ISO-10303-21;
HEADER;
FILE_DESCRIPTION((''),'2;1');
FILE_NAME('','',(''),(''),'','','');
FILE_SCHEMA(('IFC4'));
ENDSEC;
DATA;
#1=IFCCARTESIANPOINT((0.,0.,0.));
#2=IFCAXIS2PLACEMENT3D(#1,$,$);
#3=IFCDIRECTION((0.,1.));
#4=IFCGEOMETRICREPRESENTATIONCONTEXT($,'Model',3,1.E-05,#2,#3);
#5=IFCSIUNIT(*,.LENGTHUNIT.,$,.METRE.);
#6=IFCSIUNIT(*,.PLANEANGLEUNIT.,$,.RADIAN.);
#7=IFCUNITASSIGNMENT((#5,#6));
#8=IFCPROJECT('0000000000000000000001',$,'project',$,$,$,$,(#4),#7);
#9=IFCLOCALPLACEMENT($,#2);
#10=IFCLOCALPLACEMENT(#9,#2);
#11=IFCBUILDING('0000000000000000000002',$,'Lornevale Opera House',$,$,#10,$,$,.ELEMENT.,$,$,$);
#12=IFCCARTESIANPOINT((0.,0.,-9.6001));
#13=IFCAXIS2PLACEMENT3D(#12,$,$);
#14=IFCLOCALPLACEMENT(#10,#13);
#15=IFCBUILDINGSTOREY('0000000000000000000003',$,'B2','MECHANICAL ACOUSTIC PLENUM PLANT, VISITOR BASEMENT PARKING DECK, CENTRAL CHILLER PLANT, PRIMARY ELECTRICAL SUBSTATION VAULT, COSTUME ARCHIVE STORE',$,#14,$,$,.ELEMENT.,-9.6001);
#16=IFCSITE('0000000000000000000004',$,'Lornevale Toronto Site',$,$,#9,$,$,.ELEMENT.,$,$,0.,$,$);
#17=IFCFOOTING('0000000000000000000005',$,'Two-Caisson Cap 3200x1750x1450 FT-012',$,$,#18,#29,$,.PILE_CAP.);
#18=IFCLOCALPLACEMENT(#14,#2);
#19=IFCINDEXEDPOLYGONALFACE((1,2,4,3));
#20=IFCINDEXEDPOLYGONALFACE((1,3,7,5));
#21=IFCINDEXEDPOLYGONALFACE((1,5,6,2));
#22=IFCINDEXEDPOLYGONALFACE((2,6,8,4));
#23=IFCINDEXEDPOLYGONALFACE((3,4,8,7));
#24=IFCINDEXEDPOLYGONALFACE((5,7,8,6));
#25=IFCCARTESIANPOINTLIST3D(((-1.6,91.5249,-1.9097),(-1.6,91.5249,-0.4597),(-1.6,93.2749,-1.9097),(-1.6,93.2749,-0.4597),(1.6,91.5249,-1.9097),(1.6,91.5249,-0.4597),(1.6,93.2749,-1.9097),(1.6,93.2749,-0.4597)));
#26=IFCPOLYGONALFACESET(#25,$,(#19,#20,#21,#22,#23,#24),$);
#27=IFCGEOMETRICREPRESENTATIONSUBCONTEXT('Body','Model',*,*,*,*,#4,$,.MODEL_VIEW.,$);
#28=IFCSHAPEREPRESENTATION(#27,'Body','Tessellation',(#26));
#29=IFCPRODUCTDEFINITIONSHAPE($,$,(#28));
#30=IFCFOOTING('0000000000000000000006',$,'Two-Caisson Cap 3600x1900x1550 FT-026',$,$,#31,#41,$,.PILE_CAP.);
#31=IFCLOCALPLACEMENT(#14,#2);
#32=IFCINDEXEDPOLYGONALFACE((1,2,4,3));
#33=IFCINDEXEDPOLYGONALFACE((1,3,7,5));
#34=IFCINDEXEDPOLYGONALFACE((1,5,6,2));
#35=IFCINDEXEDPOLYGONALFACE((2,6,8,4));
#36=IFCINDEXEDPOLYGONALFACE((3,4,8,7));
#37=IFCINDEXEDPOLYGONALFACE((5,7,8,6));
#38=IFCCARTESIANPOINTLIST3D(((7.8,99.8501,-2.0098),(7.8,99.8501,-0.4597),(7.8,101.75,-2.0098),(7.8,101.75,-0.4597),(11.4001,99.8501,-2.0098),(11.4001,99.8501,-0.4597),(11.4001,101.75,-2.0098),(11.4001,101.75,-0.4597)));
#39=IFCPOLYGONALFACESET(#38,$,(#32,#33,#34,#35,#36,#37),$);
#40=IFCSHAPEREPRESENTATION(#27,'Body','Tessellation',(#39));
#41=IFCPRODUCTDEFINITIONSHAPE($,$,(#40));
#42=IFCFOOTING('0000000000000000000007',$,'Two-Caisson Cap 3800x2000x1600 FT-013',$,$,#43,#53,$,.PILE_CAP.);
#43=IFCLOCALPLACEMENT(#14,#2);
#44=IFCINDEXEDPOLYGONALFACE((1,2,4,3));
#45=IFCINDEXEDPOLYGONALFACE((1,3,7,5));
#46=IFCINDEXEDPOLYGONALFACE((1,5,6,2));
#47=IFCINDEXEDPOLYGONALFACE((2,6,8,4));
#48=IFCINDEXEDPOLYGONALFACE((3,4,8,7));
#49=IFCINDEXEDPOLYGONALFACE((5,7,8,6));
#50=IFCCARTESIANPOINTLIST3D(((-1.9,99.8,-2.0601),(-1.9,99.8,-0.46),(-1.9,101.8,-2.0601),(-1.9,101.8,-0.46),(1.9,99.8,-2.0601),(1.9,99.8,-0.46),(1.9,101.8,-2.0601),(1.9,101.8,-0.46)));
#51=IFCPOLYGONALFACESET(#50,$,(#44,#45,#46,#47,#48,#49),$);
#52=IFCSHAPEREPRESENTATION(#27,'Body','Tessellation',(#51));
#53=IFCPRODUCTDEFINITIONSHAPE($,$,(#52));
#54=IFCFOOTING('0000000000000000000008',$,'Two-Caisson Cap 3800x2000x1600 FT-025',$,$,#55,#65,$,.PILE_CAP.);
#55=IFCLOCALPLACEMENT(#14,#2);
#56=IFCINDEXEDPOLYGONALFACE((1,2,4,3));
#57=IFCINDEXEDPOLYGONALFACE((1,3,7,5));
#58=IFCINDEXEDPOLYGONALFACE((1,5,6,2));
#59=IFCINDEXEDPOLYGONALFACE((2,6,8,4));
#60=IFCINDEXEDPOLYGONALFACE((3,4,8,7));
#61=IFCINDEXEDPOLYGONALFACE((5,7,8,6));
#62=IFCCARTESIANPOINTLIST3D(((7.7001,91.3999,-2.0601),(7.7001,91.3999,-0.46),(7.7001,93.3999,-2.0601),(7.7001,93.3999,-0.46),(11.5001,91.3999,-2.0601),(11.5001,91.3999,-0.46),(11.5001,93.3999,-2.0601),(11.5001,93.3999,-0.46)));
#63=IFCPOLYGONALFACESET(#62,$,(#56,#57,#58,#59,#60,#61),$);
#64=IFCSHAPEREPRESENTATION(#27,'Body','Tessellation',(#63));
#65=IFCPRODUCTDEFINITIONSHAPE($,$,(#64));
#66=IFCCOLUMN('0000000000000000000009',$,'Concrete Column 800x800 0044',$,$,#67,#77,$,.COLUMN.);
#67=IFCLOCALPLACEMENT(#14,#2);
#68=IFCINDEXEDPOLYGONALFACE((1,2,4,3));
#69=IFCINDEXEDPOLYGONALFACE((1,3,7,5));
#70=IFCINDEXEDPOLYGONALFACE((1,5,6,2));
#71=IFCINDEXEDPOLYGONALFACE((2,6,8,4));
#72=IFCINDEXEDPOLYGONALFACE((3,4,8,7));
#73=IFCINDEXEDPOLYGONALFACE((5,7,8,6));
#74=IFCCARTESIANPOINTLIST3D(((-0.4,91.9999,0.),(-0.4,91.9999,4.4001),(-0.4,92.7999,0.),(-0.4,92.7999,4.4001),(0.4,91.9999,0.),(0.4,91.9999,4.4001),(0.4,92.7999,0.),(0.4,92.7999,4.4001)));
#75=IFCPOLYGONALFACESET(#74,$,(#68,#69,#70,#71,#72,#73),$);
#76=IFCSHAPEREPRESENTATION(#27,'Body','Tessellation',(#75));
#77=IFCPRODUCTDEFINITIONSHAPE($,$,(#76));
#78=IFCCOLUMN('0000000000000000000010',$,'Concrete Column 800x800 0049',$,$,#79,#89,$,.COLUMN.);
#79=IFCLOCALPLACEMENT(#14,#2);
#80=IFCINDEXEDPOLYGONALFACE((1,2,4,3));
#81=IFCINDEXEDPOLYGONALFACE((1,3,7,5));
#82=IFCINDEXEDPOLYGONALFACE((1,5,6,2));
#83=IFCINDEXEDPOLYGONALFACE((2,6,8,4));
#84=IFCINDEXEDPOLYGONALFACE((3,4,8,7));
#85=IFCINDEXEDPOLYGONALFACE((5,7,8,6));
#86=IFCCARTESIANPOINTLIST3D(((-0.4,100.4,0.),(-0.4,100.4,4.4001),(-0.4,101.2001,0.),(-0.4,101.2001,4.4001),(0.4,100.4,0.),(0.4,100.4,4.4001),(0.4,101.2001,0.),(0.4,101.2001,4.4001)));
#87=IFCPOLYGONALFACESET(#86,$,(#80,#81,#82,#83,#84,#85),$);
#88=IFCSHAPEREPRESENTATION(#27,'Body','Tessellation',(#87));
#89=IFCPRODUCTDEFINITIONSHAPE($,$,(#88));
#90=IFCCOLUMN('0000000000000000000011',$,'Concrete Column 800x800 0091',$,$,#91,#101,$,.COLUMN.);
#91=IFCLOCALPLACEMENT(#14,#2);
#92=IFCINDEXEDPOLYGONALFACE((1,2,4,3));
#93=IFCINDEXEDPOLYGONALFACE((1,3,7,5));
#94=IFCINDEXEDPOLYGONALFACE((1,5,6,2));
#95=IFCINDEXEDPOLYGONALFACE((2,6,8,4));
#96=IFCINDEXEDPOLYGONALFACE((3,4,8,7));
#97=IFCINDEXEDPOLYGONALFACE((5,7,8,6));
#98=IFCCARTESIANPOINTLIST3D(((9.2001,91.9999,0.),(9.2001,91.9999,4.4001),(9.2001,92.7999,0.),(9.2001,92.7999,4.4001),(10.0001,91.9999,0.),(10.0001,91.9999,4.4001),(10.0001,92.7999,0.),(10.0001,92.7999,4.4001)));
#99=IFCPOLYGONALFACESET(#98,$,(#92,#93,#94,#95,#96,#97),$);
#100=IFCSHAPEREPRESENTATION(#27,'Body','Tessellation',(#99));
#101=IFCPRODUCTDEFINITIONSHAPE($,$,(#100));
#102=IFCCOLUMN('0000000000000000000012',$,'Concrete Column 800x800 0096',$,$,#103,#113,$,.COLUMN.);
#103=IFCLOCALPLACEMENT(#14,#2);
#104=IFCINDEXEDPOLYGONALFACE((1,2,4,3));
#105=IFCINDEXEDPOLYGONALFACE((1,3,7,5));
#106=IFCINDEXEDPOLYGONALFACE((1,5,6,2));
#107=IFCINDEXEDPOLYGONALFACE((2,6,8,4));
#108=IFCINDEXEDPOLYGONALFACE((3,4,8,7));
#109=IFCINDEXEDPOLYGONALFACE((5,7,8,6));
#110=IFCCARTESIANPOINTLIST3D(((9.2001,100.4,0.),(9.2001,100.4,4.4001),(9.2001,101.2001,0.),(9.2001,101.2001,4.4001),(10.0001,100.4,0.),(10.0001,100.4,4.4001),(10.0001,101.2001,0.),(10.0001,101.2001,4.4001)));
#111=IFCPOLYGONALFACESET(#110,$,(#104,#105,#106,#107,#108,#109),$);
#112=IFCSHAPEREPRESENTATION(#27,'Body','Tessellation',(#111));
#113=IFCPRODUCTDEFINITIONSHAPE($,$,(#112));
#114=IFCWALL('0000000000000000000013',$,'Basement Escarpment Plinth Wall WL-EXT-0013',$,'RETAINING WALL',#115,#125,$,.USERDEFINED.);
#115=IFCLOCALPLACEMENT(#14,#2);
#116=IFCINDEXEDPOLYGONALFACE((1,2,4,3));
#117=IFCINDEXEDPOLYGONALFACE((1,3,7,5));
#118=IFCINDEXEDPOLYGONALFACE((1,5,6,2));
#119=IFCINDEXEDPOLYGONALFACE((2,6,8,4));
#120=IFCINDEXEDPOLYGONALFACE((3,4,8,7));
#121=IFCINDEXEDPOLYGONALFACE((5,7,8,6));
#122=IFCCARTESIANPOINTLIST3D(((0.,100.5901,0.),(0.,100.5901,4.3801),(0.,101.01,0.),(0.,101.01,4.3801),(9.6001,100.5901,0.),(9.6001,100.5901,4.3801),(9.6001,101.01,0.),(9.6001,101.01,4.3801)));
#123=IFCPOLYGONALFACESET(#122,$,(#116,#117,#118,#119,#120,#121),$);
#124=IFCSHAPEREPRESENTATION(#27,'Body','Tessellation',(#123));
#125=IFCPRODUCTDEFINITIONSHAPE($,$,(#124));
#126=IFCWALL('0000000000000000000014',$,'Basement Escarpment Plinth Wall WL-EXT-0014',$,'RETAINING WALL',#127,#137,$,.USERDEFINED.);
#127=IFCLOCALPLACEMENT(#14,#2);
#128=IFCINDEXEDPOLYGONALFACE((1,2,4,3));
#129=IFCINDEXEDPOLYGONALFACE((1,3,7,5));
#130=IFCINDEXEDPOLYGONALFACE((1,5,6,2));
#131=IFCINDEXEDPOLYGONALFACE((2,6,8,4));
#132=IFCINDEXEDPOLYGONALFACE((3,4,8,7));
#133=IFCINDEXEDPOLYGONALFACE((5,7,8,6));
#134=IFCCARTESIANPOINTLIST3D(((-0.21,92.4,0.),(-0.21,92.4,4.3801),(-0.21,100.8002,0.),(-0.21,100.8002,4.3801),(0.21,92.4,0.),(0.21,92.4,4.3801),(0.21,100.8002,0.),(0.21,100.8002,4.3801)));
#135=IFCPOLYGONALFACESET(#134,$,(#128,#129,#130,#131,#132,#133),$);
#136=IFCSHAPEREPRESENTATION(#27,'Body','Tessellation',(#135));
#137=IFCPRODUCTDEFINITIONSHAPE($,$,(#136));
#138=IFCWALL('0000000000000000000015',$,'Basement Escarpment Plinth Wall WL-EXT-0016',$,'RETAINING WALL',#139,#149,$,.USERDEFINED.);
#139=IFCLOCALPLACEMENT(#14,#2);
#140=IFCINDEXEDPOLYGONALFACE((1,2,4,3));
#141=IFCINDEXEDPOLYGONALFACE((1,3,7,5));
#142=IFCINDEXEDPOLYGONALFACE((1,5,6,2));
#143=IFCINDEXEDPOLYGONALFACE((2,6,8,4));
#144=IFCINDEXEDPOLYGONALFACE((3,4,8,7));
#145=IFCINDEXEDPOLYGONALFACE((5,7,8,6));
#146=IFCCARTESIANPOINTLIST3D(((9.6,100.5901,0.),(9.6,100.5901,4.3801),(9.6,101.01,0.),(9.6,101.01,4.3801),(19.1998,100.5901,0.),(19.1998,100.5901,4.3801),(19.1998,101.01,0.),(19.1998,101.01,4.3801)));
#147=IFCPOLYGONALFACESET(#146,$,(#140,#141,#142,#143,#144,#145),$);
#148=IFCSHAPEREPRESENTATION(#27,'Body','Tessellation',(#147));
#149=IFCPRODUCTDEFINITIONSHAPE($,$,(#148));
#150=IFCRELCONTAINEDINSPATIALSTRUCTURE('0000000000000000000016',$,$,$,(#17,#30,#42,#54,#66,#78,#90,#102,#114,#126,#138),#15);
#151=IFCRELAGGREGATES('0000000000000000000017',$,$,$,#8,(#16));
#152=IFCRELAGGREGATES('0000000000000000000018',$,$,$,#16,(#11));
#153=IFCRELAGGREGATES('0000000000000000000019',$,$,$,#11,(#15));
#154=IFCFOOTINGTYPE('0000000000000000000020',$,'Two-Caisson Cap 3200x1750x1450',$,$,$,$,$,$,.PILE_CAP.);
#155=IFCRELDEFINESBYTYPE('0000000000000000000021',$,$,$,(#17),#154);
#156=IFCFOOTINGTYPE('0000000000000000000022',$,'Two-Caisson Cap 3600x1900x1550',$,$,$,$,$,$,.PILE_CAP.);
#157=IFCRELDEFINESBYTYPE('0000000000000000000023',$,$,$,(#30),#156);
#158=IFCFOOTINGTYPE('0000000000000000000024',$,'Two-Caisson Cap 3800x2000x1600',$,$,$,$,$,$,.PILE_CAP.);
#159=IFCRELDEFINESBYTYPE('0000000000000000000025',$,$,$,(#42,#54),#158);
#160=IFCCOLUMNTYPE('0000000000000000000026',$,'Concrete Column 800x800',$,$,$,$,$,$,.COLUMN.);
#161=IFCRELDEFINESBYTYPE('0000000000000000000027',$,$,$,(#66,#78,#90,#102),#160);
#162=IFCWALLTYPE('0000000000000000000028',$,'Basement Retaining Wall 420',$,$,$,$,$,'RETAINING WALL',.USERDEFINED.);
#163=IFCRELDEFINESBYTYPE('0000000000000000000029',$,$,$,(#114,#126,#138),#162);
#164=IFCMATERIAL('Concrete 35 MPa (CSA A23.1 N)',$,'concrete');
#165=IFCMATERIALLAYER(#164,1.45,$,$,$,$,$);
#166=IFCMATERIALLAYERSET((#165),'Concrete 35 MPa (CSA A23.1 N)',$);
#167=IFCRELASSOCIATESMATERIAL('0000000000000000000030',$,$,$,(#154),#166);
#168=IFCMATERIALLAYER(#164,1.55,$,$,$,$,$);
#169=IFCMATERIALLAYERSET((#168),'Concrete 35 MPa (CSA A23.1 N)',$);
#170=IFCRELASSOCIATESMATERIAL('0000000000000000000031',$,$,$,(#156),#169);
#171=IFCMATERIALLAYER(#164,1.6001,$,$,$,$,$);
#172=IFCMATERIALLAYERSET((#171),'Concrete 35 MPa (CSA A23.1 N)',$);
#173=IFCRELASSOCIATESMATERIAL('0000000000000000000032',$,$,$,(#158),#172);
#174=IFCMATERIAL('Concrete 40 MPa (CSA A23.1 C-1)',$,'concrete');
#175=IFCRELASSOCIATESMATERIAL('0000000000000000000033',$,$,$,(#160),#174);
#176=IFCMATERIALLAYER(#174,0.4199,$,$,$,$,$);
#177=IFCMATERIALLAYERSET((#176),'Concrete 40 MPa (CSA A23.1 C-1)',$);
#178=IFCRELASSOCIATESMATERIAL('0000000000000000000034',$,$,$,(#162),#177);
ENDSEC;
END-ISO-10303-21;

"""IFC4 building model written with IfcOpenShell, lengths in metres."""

from ifc_helpers import new_model, si_unit, direction, frame, frame_2d, origin, origin_2d, place, context, subcontext, project, spatial, rectangle, extrude, material, layer, layer_set, material_profile, profile_set, type_object, element, save


model = new_model("IFC4")

# Units and contexts
model_context = context("Model", 3, precision=1e-05, world=origin(), true_north=direction((0.0, 1.0)))
body_context = subcontext(model_context, "Body", "Model", "MODEL_VIEW")
ifc_project = project(units=[si_unit("LENGTHUNIT", "METRE"), si_unit("PLANEANGLEUNIT", "RADIAN")], contexts=[model_context])

# Site, building, storey
site_placement = place(None, origin())
site = spatial("IfcSite", under=ifc_project, at=site_placement, Name="Lornevale Toronto Site", CompositionType="ELEMENT", RefElevation=0.0)
building_placement = place(site_placement, origin())
building = spatial("IfcBuilding", under=site, at=building_placement, Name="Lornevale Opera House", CompositionType="ELEMENT")
storey_placement = place(building_placement, frame((0.0, 0.0, -9.6001)))
storey = spatial("IfcBuildingStorey", under=building, at=storey_placement, Name="B2", Description="MECHANICAL ACOUSTIC PLENUM PLANT, VISITOR BASEMENT PARKING DECK, CENTRAL CHILLER PLANT, PRIMARY ELECTRICAL SUBSTATION VAULT, COSTUME ARCHIVE STORE", CompositionType="ELEMENT", Elevation=-9.6001)

# Shared definitions
ifc_material_1 = material(Name="Concrete 35 MPa (CSA A23.1 N)", Category="concrete")

# Shared definitions
ifc_material_2 = material(Name="Concrete 40 MPa (CSA A23.1 C-1)", Category="concrete")

# Footings
ifc_layer_1 = layer(ifc_material_1, 1.45)
ifc_layer_set_1 = layer_set([ifc_layer_1], Name="Concrete 35 MPa (CSA A23.1 N)")
footing_type_1 = type_object("IfcFootingType", Name="Two-Caisson Cap 3200x1750x1450", PredefinedType="PILE_CAP", material=ifc_layer_set_1)
footing_1_placement = place(storey_placement, frame((0.0, 92.3999, -1.9097), z_axis=(0.0, 0.0, 1.0), x_axis=(1.0, 0.0, 0.0)))
element("IfcFooting", 1, at=footing_1_placement, inside=storey, type_object=footing_type_1, Name="Two-Caisson Cap 3200x1750x1450 FT-012", PredefinedType="PILE_CAP", context=body_context, shape_type="SweptSolid", body=[
    extrude(rectangle(XDim=3.2, YDim=1.75, at=origin_2d()), origin(), (0.0, 0.0, 1.0), 1.45),
])
ifc_layer_2 = layer(ifc_material_1, 1.55)
ifc_layer_set_2 = layer_set([ifc_layer_2], Name="Concrete 35 MPa (CSA A23.1 N)")
footing_type_2 = type_object("IfcFootingType", Name="Two-Caisson Cap 3600x1900x1550", PredefinedType="PILE_CAP", material=ifc_layer_set_2)
footing_2_placement = place(storey_placement, frame((9.6001, 100.8, -2.0098), z_axis=(0.0, 0.0, 1.0), x_axis=(1.0, 0.0, 0.0)))
element("IfcFooting", 2, at=footing_2_placement, inside=storey, type_object=footing_type_2, Name="Two-Caisson Cap 3600x1900x1550 FT-026", PredefinedType="PILE_CAP", context=body_context, shape_type="SweptSolid", body=[
    extrude(rectangle(XDim=3.6001, YDim=1.8999, at=origin_2d()), origin(), (0.0, 0.0, 1.0), 1.55),
])
ifc_layer_3 = layer(ifc_material_1, 1.6001)
ifc_layer_set_3 = layer_set([ifc_layer_3], Name="Concrete 35 MPa (CSA A23.1 N)")
footing_type_3 = type_object("IfcFootingType", Name="Two-Caisson Cap 3800x2000x1600", PredefinedType="PILE_CAP", material=ifc_layer_set_3)
for number, where, z_axis, x_axis, name in (
    (3, (0.0, 100.8, -2.0601), (0.0, 0.0, 1.0), (1.0, 0.0, 0.0), "Two-Caisson Cap 3800x2000x1600 FT-013"),
    (4, (9.6001, 92.3999, -2.0601), (0.0, 0.0, 1.0), (1.0, 0.0, 0.0), "Two-Caisson Cap 3800x2000x1600 FT-025"),
):
    element("IfcFooting", number, at=place(storey_placement, frame(where, z_axis=z_axis, x_axis=x_axis)), inside=storey, type_object=footing_type_3, Name=name, PredefinedType="PILE_CAP", context=body_context, shape_type="SweptSolid", body=[
        extrude(rectangle(XDim=3.8, YDim=2.0, at=origin_2d()), origin(), (0.0, 0.0, 1.0), 1.6001),
    ])

# Columns
ifc_material_profile_1 = material_profile(ifc_material_2, rectangle(XDim=0.8, YDim=0.8, at=origin_2d()), Name="RC800x800")
ifc_profile_set_1 = profile_set([ifc_material_profile_1], Name="Concrete 40 MPa (CSA A23.1 C-1)")
column_type = type_object("IfcColumnType", Name="Concrete Column 800x800", PredefinedType="COLUMN", material=ifc_profile_set_1)
for number, where, z_axis, x_axis, name in (
    (5, (0.0, 92.3999, 0.0), (0.0, 0.0, 1.0), (1.0, 0.0, 0.0), "Concrete Column 800x800 0044"),
    (6, (0.0, 100.8, 0.0), (0.0, 0.0, 1.0), (1.0, 0.0, 0.0), "Concrete Column 800x800 0049"),
    (7, (9.6001, 92.3999, 0.0), (0.0, 0.0, 1.0), (1.0, 0.0, 0.0), "Concrete Column 800x800 0091"),
    (8, (9.6001, 100.8, 0.0), (0.0, 0.0, 1.0), (1.0, 0.0, 0.0), "Concrete Column 800x800 0096"),
):
    element("IfcColumn", number, at=place(storey_placement, frame(where, z_axis=z_axis, x_axis=x_axis)), inside=storey, type_object=column_type, Name=name, PredefinedType="COLUMN", context=body_context, shape_type="SweptSolid", body=[
        extrude(rectangle(XDim=0.8, YDim=0.8, at=origin_2d()), origin(), (0.0, 0.0, 1.0), 4.4001),
    ])

# Walls
ifc_layer_4 = layer(ifc_material_2, 0.4199)
ifc_layer_set_4 = layer_set([ifc_layer_4], Name="Concrete 40 MPa (CSA A23.1 C-1)")
wall_type = type_object("IfcWallType", Name="Basement Retaining Wall 420", ElementType="RETAINING WALL", PredefinedType="USERDEFINED", material=ifc_layer_set_4)
wall_1_placement = place(storey_placement, frame((0.0, 100.8, 0.0), z_axis=(0.0, 0.0, 1.0), x_axis=(1.0, 0.0, 0.0)))
element("IfcWall", 9, at=wall_1_placement, inside=storey, type_object=wall_type, Name="Basement Escarpment Plinth Wall WL-EXT-0013", ObjectType="RETAINING WALL", PredefinedType="USERDEFINED", context=body_context, shape_type="SweptSolid", body=[
    extrude(rectangle(XDim=9.6001, YDim=0.4199, at=frame_2d((4.8, 0.0))), origin(), (0.0, 0.0, 1.0), 4.3801),
])
wall_2_placement = place(storey_placement, frame((0.0, 92.3999, 0.0), z_axis=(0.0, 0.0, 1.0), x_axis=(0.0, 1.0, 0.0)))
element("IfcWall", 10, at=wall_2_placement, inside=storey, type_object=wall_type, Name="Basement Escarpment Plinth Wall WL-EXT-0014", ObjectType="RETAINING WALL", PredefinedType="USERDEFINED", context=body_context, shape_type="SweptSolid", body=[
    extrude(rectangle(XDim=8.4001, YDim=0.4199, at=frame_2d((4.2002, 0.0))), origin(), (0.0, 0.0, 1.0), 4.3801),
])
wall_3_placement = place(storey_placement, frame((9.6001, 100.8, 0.0), z_axis=(0.0, 0.0, 1.0), x_axis=(1.0, 0.0, 0.0)))
element("IfcWall", 11, at=wall_3_placement, inside=storey, type_object=wall_type, Name="Basement Escarpment Plinth Wall WL-EXT-0016", ObjectType="RETAINING WALL", PredefinedType="USERDEFINED", context=body_context, shape_type="SweptSolid", body=[
    extrude(rectangle(XDim=9.5999, YDim=0.4199, at=frame_2d((4.7998, 0.0))), origin(), (0.0, 0.0, 1.0), 4.3801),
])

save(model, "model.ifc")
